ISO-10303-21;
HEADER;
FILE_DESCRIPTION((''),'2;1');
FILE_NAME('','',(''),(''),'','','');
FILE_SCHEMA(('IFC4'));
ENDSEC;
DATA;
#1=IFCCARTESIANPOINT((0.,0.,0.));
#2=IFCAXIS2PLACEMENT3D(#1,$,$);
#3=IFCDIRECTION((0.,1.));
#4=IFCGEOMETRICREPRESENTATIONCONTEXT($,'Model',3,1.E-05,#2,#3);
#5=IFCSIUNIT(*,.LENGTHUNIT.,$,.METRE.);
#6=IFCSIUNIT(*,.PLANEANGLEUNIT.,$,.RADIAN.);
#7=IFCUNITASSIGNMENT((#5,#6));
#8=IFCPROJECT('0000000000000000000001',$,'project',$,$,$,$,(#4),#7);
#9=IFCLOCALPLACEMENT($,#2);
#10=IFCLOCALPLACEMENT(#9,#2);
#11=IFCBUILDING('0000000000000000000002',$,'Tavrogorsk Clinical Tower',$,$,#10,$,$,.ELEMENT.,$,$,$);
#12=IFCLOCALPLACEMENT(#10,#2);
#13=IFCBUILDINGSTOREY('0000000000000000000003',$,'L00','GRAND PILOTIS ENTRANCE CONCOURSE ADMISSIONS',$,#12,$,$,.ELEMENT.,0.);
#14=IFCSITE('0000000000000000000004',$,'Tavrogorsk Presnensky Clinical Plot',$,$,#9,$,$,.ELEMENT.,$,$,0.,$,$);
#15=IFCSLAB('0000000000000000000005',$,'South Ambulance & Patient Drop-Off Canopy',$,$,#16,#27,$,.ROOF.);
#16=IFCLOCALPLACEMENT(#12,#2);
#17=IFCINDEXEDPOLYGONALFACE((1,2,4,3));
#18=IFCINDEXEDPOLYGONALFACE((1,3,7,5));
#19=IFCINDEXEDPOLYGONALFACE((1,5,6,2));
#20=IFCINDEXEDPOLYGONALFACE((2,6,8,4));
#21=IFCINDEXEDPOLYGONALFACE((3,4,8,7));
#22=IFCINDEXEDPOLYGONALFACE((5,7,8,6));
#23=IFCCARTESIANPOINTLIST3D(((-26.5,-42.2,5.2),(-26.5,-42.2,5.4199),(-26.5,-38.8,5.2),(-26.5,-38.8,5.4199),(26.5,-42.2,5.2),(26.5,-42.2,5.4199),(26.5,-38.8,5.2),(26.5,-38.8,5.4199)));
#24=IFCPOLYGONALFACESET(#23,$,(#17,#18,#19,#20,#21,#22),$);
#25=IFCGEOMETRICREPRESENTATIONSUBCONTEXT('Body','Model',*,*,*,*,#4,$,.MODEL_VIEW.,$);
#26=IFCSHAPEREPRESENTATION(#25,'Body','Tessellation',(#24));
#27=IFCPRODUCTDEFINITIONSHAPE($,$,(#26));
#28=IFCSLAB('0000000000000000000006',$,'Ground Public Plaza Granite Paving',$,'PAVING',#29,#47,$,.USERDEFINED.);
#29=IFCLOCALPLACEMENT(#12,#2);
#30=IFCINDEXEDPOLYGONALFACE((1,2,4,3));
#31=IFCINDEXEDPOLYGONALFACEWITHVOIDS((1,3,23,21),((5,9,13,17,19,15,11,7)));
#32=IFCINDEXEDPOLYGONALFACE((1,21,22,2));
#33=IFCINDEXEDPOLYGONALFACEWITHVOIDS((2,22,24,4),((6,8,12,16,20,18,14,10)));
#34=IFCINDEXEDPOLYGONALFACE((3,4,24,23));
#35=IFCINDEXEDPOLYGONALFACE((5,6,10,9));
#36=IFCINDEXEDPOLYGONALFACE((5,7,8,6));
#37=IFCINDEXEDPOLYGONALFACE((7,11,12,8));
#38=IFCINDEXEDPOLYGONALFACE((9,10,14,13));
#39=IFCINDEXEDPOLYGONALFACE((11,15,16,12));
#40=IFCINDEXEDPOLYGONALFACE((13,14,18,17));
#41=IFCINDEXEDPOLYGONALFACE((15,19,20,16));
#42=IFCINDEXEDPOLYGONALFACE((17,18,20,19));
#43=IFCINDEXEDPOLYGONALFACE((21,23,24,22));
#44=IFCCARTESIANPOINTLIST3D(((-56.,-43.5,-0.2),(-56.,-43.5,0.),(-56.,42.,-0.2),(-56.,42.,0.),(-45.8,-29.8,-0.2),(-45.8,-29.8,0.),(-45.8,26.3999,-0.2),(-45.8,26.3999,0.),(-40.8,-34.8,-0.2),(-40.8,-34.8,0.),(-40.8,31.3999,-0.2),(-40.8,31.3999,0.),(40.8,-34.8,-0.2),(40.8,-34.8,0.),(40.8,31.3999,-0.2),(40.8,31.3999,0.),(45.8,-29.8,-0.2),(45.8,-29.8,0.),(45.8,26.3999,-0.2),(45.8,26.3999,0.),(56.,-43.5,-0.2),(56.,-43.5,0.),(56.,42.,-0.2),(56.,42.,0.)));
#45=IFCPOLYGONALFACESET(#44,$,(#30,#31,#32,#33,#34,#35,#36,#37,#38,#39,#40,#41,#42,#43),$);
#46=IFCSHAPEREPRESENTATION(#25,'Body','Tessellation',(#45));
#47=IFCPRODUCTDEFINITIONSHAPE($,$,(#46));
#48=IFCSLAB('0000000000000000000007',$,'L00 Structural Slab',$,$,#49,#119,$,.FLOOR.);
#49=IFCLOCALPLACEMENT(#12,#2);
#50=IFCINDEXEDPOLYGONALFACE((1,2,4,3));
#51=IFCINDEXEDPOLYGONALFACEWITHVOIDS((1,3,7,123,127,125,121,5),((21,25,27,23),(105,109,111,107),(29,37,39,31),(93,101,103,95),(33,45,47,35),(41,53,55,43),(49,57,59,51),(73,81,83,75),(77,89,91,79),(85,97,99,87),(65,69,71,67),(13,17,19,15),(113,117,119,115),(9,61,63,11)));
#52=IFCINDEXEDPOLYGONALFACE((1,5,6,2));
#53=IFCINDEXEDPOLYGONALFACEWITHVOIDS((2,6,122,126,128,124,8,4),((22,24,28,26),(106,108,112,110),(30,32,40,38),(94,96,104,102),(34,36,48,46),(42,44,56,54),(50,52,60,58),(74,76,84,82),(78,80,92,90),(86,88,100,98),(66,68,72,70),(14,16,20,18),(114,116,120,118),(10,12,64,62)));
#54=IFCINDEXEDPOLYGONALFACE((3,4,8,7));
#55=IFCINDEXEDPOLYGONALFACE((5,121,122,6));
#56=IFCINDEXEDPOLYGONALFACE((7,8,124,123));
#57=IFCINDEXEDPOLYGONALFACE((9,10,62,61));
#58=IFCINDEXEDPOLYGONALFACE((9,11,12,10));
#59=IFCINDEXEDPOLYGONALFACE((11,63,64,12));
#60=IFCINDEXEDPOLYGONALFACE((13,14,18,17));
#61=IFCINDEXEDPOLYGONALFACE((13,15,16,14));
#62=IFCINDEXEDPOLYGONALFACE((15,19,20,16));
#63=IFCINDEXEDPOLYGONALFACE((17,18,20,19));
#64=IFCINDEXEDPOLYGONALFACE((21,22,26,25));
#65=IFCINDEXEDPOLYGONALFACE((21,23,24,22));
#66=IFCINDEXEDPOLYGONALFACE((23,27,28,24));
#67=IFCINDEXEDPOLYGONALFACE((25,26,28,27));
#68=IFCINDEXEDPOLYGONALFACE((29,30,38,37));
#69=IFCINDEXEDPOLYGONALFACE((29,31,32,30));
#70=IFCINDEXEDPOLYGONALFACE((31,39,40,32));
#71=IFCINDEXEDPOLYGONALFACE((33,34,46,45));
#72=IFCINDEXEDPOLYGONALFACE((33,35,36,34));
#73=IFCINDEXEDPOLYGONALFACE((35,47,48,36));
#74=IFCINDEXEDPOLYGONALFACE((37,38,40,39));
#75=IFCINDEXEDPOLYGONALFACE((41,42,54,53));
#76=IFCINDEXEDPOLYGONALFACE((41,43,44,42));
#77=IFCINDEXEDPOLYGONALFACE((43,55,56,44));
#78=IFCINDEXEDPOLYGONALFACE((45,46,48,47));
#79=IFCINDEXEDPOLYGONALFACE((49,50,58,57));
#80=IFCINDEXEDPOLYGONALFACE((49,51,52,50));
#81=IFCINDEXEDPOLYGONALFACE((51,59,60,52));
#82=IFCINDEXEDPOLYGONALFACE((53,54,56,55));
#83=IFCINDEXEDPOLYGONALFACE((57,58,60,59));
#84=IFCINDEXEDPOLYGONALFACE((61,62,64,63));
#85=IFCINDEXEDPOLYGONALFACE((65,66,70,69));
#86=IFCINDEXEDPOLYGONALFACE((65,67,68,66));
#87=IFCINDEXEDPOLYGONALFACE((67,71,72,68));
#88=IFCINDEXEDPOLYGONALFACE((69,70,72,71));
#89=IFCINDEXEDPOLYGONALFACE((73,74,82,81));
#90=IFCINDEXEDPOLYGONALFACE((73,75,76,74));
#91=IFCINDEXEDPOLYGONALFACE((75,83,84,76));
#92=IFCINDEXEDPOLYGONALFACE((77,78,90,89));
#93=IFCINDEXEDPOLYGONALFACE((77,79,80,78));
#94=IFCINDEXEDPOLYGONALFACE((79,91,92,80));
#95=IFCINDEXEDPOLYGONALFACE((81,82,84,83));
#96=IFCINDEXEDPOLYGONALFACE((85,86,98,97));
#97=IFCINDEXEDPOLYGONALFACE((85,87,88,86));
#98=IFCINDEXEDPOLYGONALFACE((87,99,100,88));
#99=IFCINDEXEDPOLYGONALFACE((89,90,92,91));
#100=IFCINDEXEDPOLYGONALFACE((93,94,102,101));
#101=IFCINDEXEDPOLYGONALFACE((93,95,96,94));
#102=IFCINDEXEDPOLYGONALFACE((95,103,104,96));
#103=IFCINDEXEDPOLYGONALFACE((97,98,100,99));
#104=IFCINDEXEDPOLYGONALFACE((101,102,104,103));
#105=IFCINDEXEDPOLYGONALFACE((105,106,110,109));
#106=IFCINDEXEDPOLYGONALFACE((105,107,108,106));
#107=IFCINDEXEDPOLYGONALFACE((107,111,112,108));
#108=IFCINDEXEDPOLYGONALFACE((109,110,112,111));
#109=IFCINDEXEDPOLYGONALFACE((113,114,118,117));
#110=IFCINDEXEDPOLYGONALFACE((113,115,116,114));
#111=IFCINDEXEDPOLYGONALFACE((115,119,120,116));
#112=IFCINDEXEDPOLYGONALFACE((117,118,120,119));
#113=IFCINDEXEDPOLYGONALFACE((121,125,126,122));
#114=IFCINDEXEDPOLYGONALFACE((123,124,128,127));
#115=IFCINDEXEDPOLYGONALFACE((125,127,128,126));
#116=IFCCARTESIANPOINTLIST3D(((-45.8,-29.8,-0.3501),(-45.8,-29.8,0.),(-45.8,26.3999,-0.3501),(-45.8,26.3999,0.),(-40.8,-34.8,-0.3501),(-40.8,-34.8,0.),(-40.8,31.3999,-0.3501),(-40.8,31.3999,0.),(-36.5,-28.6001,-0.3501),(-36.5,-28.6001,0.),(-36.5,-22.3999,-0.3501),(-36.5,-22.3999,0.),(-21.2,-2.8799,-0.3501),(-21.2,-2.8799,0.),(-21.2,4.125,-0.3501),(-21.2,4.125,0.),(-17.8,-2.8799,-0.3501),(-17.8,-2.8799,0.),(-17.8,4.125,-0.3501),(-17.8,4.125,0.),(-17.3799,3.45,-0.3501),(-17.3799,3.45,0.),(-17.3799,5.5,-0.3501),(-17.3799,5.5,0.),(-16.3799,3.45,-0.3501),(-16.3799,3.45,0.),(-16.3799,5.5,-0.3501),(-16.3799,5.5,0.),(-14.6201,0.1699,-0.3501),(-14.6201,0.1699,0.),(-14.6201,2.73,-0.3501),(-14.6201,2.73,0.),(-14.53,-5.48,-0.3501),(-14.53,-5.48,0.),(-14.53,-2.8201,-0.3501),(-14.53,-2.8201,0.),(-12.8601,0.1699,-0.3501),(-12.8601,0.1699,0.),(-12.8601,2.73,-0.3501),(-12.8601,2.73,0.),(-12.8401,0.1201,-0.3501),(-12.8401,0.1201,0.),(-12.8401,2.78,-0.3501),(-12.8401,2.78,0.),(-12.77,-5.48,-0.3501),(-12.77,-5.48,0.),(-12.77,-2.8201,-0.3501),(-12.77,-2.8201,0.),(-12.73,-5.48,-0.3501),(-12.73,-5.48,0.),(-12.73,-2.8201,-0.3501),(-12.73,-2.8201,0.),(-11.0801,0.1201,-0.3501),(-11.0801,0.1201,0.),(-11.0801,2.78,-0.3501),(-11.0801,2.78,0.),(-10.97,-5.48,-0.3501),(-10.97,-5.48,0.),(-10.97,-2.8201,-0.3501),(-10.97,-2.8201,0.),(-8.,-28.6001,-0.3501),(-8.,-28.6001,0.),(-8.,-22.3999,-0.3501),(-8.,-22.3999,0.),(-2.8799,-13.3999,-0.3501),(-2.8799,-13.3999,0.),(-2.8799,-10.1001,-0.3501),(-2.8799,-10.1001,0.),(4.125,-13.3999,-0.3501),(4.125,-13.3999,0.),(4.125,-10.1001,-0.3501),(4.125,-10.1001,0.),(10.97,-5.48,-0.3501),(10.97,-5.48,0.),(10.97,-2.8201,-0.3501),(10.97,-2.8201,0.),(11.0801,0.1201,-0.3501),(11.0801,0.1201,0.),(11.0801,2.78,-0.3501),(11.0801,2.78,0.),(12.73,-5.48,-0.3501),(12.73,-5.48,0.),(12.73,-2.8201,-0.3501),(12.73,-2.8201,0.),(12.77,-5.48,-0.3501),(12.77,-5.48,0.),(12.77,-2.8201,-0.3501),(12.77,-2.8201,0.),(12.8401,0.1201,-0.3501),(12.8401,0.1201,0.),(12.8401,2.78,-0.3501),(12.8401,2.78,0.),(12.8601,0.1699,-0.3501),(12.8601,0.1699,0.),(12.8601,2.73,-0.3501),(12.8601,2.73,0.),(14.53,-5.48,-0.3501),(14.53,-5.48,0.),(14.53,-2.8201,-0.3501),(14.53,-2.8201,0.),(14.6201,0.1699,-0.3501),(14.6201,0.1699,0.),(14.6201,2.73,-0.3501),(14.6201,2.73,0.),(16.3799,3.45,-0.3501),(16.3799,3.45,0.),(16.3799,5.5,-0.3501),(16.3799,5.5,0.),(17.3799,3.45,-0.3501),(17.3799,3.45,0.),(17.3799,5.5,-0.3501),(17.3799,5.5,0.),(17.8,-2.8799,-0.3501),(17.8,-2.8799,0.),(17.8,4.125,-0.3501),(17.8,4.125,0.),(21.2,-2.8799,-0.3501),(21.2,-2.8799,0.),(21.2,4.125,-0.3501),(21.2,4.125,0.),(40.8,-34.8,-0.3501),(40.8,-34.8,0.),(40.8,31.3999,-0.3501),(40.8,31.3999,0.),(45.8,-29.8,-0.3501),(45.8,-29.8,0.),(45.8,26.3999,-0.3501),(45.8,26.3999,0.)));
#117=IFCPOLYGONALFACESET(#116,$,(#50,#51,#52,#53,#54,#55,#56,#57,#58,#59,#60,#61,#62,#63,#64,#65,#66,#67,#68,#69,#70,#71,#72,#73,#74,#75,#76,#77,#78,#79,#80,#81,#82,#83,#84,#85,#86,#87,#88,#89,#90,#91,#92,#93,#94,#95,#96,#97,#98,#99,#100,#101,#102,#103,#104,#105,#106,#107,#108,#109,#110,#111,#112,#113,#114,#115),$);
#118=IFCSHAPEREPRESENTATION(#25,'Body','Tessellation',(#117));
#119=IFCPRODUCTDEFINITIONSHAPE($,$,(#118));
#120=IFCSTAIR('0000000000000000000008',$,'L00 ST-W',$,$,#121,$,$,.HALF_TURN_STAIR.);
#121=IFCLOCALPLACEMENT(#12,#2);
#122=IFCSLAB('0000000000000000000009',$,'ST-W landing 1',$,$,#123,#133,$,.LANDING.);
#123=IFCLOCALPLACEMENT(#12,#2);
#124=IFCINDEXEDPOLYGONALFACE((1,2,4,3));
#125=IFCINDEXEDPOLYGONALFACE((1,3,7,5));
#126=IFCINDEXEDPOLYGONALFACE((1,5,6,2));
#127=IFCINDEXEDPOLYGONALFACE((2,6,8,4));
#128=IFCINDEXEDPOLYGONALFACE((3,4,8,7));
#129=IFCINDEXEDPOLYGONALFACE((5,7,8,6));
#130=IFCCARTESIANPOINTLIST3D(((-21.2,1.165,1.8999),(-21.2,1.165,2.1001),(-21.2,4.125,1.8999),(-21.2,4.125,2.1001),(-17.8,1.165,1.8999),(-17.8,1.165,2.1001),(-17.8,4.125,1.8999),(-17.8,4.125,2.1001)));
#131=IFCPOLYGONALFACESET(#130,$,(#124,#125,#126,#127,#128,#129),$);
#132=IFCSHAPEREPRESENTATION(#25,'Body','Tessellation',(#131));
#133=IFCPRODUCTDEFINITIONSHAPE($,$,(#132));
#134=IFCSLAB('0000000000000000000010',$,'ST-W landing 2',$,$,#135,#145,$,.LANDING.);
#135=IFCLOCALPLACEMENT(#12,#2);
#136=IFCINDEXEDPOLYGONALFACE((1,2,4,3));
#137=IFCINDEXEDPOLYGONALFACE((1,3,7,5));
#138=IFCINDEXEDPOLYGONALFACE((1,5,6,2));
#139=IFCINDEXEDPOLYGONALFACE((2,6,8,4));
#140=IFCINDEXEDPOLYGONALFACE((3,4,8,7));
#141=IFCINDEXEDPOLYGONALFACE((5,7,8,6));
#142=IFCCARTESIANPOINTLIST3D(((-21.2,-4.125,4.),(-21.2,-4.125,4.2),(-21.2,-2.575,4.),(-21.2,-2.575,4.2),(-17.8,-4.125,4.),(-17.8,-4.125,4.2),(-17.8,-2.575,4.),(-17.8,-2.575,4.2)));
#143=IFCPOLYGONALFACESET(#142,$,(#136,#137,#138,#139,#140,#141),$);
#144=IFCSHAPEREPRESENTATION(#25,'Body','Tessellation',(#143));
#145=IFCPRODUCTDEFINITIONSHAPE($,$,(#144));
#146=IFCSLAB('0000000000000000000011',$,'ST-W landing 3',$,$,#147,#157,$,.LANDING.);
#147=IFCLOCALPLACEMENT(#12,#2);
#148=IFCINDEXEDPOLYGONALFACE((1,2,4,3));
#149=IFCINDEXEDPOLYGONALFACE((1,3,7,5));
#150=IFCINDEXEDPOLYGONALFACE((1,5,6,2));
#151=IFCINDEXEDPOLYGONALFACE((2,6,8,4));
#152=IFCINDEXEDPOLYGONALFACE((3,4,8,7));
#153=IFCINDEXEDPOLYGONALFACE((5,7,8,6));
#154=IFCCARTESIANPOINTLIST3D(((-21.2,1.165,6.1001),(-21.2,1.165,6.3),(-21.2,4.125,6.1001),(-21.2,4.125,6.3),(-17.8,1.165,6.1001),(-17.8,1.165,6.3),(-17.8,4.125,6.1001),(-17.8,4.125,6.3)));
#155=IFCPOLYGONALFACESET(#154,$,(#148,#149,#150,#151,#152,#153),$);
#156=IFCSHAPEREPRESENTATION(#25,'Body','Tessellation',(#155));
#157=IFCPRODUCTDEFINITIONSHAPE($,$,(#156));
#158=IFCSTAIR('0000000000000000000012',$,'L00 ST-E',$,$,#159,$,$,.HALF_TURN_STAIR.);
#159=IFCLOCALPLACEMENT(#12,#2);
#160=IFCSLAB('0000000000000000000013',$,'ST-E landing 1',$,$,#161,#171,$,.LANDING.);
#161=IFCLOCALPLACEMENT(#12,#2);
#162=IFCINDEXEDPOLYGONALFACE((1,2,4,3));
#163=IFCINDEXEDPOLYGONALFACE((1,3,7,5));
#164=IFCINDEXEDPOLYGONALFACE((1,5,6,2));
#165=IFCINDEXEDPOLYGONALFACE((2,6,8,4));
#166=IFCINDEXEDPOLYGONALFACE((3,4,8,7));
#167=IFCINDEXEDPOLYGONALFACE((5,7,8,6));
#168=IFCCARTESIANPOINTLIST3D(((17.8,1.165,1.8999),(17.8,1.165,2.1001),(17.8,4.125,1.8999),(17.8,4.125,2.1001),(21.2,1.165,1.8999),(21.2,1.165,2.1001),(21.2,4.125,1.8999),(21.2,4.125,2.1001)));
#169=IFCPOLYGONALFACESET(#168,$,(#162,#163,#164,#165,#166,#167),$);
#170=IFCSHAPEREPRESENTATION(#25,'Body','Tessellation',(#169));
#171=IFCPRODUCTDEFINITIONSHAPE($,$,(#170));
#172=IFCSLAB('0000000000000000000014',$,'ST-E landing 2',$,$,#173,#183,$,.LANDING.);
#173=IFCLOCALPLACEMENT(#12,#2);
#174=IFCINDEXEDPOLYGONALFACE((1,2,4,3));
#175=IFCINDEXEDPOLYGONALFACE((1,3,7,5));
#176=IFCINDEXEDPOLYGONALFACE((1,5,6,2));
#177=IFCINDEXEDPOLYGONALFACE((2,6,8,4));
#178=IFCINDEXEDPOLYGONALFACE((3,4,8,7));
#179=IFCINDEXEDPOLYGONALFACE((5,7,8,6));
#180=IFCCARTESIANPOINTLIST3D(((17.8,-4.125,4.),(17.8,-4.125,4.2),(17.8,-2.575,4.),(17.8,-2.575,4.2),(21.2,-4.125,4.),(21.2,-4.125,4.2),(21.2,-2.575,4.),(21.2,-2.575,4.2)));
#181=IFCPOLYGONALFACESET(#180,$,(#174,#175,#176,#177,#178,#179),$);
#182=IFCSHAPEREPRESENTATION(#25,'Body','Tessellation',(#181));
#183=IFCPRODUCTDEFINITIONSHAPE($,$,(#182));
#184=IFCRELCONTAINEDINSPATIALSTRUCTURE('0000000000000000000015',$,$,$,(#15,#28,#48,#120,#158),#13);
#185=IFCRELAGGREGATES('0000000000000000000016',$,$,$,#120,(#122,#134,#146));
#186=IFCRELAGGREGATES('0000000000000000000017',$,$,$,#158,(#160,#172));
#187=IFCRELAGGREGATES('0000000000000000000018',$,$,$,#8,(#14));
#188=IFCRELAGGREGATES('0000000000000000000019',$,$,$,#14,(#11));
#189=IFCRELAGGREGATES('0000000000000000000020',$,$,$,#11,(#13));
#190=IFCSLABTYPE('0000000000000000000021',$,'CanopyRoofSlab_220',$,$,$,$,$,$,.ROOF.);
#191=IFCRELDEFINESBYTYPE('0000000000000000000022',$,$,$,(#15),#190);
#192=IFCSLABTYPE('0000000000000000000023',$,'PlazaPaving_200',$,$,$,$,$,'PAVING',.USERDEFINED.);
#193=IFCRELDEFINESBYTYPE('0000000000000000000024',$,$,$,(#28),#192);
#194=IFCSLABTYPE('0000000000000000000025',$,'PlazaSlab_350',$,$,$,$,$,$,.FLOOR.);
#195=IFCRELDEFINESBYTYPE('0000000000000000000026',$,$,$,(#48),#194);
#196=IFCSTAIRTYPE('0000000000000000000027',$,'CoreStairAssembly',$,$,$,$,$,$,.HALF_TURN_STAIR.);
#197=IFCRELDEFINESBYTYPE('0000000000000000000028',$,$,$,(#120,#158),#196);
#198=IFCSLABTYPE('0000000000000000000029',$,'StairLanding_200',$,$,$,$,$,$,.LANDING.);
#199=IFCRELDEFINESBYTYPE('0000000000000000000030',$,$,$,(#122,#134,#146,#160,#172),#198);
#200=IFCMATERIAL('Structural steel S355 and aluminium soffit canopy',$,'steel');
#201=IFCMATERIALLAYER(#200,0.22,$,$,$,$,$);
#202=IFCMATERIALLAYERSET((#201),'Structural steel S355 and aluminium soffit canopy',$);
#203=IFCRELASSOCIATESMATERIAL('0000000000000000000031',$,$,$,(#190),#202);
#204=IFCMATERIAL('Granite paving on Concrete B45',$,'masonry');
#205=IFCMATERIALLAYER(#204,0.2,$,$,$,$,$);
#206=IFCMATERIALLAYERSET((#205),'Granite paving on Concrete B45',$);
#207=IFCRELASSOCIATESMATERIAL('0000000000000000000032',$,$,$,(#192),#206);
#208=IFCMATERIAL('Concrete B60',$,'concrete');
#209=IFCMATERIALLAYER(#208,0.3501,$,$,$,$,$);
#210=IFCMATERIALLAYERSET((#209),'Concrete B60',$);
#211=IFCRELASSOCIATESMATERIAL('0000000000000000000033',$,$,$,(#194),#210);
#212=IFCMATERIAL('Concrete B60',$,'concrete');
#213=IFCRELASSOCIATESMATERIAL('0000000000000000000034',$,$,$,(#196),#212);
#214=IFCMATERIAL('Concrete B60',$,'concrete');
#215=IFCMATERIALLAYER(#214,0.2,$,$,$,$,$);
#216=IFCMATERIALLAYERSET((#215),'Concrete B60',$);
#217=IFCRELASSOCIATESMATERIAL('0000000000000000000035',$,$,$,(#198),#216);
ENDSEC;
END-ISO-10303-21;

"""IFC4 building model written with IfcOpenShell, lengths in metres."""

from ifc_helpers import new_model, si_unit, direction, frame, origin, place, context, subcontext, project, spatial, polyline, outline, extrude, material, layer, layer_set, type_object, element, aggregate, save


model = new_model("IFC4")

# Units and contexts
model_context = context("Model", 3, precision=1e-05, world=origin(), true_north=direction((0.0, 1.0)))
body_context = subcontext(model_context, "Body", "Model", "MODEL_VIEW")
ifc_project = project(units=[si_unit("LENGTHUNIT", "METRE"), si_unit("PLANEANGLEUNIT", "RADIAN")], contexts=[model_context])

# Site, building, storey
site_placement = place(None, origin())
site = spatial("IfcSite", under=ifc_project, at=site_placement, Name="Tavrogorsk Presnensky Clinical Plot", CompositionType="ELEMENT", RefElevation=0.0)
building_placement = place(site_placement, origin())
building = spatial("IfcBuilding", under=site, at=building_placement, Name="Tavrogorsk Clinical Tower", CompositionType="ELEMENT")
storey_placement = place(building_placement, origin())
storey = spatial("IfcBuildingStorey", under=building, at=storey_placement, Name="L00", Description="GRAND PILOTIS ENTRANCE CONCOURSE ADMISSIONS", CompositionType="ELEMENT", Elevation=0.0)

# Slabs
ifc_material_1 = material(Name="Structural steel S355 and aluminium soffit canopy", Category="steel")
ifc_layer_1 = layer(ifc_material_1, 0.22)
ifc_layer_set_1 = layer_set([ifc_layer_1], Name="Structural steel S355 and aluminium soffit canopy")
slab_type_1 = type_object("IfcSlabType", Name="CanopyRoofSlab_220", PredefinedType="ROOF", material=ifc_layer_set_1)
slab_1_placement = place(storey_placement, frame((0.0, 0.0, 5.2)))
element("IfcSlab", 1, at=slab_1_placement, inside=storey, type_object=slab_type_1, Name="South Ambulance & Patient Drop-Off Canopy", PredefinedType="ROOF", context=body_context, shape_type="SweptSolid", body=[
    extrude(outline(polyline([(-26.5, -42.2), (26.5, -42.2), (26.5, -38.8), (-26.5, -38.8), (-26.5, -42.2)])), origin(), (0.0, 0.0, 1.0), 0.22),
])
ifc_material_2 = material(Name="Granite paving on Concrete B45", Category="masonry")
ifc_layer_2 = layer(ifc_material_2, 0.2)
ifc_layer_set_2 = layer_set([ifc_layer_2], Name="Granite paving on Concrete B45")
slab_type_2 = type_object("IfcSlabType", Name="PlazaPaving_200", ElementType="PAVING", PredefinedType="USERDEFINED", material=ifc_layer_set_2)
slab_2_placement = place(storey_placement, frame((0.0, 0.0, -0.2)))
element("IfcSlab", 2, at=slab_2_placement, inside=storey, type_object=slab_type_2, Name="Ground Public Plaza Granite Paving", ObjectType="PAVING", PredefinedType="USERDEFINED", context=body_context, shape_type="SweptSolid", body=[
    extrude(outline(polyline([(-56.0, -43.5), (56.0, -43.5), (56.0, 42.0), (-56.0, 42.0), (-56.0, -43.5)]), holes=[polyline([(-40.8, -34.8), (40.8, -34.8), (45.8, -29.8), (45.8, 26.3999), (40.8, 31.3999), (-40.8, 31.3999), (-45.8, 26.3999), (-45.8, -29.8), (-40.8, -34.8)])]), origin(), (0.0, 0.0, 1.0), 0.2),
])
ifc_material_3 = material(Name="Concrete B60", Category="concrete")
ifc_layer_3 = layer(ifc_material_3, 0.3501)
ifc_layer_set_3 = layer_set([ifc_layer_3], Name="Concrete B60")
slab_type_3 = type_object("IfcSlabType", Name="PlazaSlab_350", PredefinedType="FLOOR", material=ifc_layer_set_3)
slab_3_placement = place(storey_placement, frame((0.0, 0.0, -0.3501)))
element("IfcSlab", 3, at=slab_3_placement, inside=storey, type_object=slab_type_3, Name="L00 Structural Slab", PredefinedType="FLOOR", context=body_context, shape_type="SweptSolid", body=[
    extrude(outline(polyline([(-40.8, -34.8), (40.8, -34.8), (45.8, -29.8), (45.8, 26.3999), (40.8, 31.3999), (-40.8, 31.3999), (-45.8, 26.3999), (-45.8, -29.8), (-40.8, -34.8)]), holes=[polyline([(-17.8, -2.8799), (-17.8, 4.125), (-21.2, 4.125), (-21.2, -2.8799), (-17.8, -2.8799)]), polyline([(21.2, -2.8799), (21.2, 4.125), (17.8, 4.125), (17.8, -2.8799), (21.2, -2.8799)]), polyline([(-2.8799, -13.3999), (4.125, -13.3999), (4.125, -10.1001), (-2.8799, -10.1001), (-2.8799, -13.3999)]), polyline([(-14.6201, 0.1699), (-12.8601, 0.1699), (-12.8601, 2.73), (-14.6201, 2.73), (-14.6201, 0.1699)]), polyline([(-14.53, -5.48), (-12.77, -5.48), (-12.77, -2.8201), (-14.53, -2.8201), (-14.53, -5.48)]), polyline([(-12.73, -5.48), (-10.97, -5.48), (-10.97, -2.8201), (-12.73, -2.8201), (-12.73, -5.48)]), polyline([(-12.8401, 0.1201), (-11.0801, 0.1201), (-11.0801, 2.78), (-12.8401, 2.78), (-12.8401, 0.1201)]), polyline([(12.8601, 0.1699), (14.6201, 0.1699), (14.6201, 2.73), (12.8601, 2.73), (12.8601, 0.1699)]), polyline([(12.77, -5.48), (14.53, -5.48), (14.53, -2.8201), (12.77, -2.8201), (12.77, -5.48)]), polyline([(10.97, -5.48), (12.73, -5.48), (12.73, -2.8201), (10.97, -2.8201), (10.97, -5.48)]), polyline([(11.0801, 0.1201), (12.8401, 0.1201), (12.8401, 2.78), (11.0801, 2.78), (11.0801, 0.1201)]), polyline([(-17.3799, 3.45), (-16.3799, 3.45), (-16.3799, 5.5), (-17.3799, 5.5), (-17.3799, 3.45)]), polyline([(16.3799, 3.45), (17.3799, 3.45), (17.3799, 5.5), (16.3799, 5.5), (16.3799, 3.45)]), polyline([(-36.5, -28.6001), (-8.0, -28.6001), (-8.0, -22.3999), (-36.5, -22.3999), (-36.5, -28.6001)])]), origin(), (0.0, 0.0, 1.0), 0.3501),
])

# Stairs, slabs
ifc_material_4 = material(Name="Concrete B60", Category="concrete")
stair_type = type_object("IfcStairType", Name="CoreStairAssembly", PredefinedType="HALF_TURN_STAIR", material=ifc_material_4)
stair_1_placement = place(storey_placement, origin())
stair_1 = element("IfcStair", 4, at=stair_1_placement, inside=storey, type_object=stair_type, Name="L00 ST-W", PredefinedType="HALF_TURN_STAIR")
ifc_material_5 = material(Name="Concrete B60", Category="concrete")
ifc_layer_4 = layer(ifc_material_5, 0.2)
ifc_layer_set_4 = layer_set([ifc_layer_4], Name="Concrete B60")
slab_type_4 = type_object("IfcSlabType", Name="StairLanding_200", PredefinedType="LANDING", material=ifc_layer_set_4)
slab_4_placement = place(storey_placement, frame((0.0, 0.0, 1.8999)))
slab_4 = element("IfcSlab", 5, at=slab_4_placement, type_object=slab_type_4, Name="ST-W landing 1", PredefinedType="LANDING", context=body_context, shape_type="SweptSolid", body=[
    extrude(outline(polyline([(-17.8, 1.165), (-17.8, 4.125), (-21.2, 4.125), (-21.2, 1.165), (-17.8, 1.165)])), origin(), (0.0, 0.0, 1.0), 0.2002),
])
slab_5_placement = place(storey_placement, frame((0.0, 0.0, 4.0)))
slab_5 = element("IfcSlab", 6, at=slab_5_placement, type_object=slab_type_4, Name="ST-W landing 2", PredefinedType="LANDING", context=body_context, shape_type="SweptSolid", body=[
    extrude(outline(polyline([(-17.8, -4.125), (-17.8, -2.575), (-21.2, -2.575), (-21.2, -4.125), (-17.8, -4.125)])), origin(), (0.0, 0.0, 1.0), 0.2),
])
slab_6_placement = place(storey_placement, frame((0.0, 0.0, 6.1001)))
slab_6 = element("IfcSlab", 7, at=slab_6_placement, type_object=slab_type_4, Name="ST-W landing 3", PredefinedType="LANDING", context=body_context, shape_type="SweptSolid", body=[
    extrude(outline(polyline([(-17.8, 1.165), (-17.8, 4.125), (-21.2, 4.125), (-21.2, 1.165), (-17.8, 1.165)])), origin(), (0.0, 0.0, 1.0), 0.2),
])
aggregate(stair_1, [slab_4, slab_5, slab_6])
stair_2_placement = place(storey_placement, origin())
stair_2 = element("IfcStair", 8, at=stair_2_placement, inside=storey, type_object=stair_type, Name="L00 ST-E", PredefinedType="HALF_TURN_STAIR")
slab_7_placement = place(storey_placement, frame((0.0, 0.0, 1.8999)))
slab_7 = element("IfcSlab", 9, at=slab_7_placement, type_object=slab_type_4, Name="ST-E landing 1", PredefinedType="LANDING", context=body_context, shape_type="SweptSolid", body=[
    extrude(outline(polyline([(21.2, 1.165), (21.2, 4.125), (17.8, 4.125), (17.8, 1.165), (21.2, 1.165)])), origin(), (0.0, 0.0, 1.0), 0.2002),
])
slab_8_placement = place(storey_placement, frame((0.0, 0.0, 4.0)))
slab_8 = element("IfcSlab", 10, at=slab_8_placement, type_object=slab_type_4, Name="ST-E landing 2", PredefinedType="LANDING", context=body_context, shape_type="SweptSolid", body=[
    extrude(outline(polyline([(21.2, -4.125), (21.2, -2.575), (17.8, -2.575), (17.8, -4.125), (21.2, -4.125)])), origin(), (0.0, 0.0, 1.0), 0.2),
])
aggregate(stair_2, [slab_7, slab_8])

save(model, "model.ifc")
